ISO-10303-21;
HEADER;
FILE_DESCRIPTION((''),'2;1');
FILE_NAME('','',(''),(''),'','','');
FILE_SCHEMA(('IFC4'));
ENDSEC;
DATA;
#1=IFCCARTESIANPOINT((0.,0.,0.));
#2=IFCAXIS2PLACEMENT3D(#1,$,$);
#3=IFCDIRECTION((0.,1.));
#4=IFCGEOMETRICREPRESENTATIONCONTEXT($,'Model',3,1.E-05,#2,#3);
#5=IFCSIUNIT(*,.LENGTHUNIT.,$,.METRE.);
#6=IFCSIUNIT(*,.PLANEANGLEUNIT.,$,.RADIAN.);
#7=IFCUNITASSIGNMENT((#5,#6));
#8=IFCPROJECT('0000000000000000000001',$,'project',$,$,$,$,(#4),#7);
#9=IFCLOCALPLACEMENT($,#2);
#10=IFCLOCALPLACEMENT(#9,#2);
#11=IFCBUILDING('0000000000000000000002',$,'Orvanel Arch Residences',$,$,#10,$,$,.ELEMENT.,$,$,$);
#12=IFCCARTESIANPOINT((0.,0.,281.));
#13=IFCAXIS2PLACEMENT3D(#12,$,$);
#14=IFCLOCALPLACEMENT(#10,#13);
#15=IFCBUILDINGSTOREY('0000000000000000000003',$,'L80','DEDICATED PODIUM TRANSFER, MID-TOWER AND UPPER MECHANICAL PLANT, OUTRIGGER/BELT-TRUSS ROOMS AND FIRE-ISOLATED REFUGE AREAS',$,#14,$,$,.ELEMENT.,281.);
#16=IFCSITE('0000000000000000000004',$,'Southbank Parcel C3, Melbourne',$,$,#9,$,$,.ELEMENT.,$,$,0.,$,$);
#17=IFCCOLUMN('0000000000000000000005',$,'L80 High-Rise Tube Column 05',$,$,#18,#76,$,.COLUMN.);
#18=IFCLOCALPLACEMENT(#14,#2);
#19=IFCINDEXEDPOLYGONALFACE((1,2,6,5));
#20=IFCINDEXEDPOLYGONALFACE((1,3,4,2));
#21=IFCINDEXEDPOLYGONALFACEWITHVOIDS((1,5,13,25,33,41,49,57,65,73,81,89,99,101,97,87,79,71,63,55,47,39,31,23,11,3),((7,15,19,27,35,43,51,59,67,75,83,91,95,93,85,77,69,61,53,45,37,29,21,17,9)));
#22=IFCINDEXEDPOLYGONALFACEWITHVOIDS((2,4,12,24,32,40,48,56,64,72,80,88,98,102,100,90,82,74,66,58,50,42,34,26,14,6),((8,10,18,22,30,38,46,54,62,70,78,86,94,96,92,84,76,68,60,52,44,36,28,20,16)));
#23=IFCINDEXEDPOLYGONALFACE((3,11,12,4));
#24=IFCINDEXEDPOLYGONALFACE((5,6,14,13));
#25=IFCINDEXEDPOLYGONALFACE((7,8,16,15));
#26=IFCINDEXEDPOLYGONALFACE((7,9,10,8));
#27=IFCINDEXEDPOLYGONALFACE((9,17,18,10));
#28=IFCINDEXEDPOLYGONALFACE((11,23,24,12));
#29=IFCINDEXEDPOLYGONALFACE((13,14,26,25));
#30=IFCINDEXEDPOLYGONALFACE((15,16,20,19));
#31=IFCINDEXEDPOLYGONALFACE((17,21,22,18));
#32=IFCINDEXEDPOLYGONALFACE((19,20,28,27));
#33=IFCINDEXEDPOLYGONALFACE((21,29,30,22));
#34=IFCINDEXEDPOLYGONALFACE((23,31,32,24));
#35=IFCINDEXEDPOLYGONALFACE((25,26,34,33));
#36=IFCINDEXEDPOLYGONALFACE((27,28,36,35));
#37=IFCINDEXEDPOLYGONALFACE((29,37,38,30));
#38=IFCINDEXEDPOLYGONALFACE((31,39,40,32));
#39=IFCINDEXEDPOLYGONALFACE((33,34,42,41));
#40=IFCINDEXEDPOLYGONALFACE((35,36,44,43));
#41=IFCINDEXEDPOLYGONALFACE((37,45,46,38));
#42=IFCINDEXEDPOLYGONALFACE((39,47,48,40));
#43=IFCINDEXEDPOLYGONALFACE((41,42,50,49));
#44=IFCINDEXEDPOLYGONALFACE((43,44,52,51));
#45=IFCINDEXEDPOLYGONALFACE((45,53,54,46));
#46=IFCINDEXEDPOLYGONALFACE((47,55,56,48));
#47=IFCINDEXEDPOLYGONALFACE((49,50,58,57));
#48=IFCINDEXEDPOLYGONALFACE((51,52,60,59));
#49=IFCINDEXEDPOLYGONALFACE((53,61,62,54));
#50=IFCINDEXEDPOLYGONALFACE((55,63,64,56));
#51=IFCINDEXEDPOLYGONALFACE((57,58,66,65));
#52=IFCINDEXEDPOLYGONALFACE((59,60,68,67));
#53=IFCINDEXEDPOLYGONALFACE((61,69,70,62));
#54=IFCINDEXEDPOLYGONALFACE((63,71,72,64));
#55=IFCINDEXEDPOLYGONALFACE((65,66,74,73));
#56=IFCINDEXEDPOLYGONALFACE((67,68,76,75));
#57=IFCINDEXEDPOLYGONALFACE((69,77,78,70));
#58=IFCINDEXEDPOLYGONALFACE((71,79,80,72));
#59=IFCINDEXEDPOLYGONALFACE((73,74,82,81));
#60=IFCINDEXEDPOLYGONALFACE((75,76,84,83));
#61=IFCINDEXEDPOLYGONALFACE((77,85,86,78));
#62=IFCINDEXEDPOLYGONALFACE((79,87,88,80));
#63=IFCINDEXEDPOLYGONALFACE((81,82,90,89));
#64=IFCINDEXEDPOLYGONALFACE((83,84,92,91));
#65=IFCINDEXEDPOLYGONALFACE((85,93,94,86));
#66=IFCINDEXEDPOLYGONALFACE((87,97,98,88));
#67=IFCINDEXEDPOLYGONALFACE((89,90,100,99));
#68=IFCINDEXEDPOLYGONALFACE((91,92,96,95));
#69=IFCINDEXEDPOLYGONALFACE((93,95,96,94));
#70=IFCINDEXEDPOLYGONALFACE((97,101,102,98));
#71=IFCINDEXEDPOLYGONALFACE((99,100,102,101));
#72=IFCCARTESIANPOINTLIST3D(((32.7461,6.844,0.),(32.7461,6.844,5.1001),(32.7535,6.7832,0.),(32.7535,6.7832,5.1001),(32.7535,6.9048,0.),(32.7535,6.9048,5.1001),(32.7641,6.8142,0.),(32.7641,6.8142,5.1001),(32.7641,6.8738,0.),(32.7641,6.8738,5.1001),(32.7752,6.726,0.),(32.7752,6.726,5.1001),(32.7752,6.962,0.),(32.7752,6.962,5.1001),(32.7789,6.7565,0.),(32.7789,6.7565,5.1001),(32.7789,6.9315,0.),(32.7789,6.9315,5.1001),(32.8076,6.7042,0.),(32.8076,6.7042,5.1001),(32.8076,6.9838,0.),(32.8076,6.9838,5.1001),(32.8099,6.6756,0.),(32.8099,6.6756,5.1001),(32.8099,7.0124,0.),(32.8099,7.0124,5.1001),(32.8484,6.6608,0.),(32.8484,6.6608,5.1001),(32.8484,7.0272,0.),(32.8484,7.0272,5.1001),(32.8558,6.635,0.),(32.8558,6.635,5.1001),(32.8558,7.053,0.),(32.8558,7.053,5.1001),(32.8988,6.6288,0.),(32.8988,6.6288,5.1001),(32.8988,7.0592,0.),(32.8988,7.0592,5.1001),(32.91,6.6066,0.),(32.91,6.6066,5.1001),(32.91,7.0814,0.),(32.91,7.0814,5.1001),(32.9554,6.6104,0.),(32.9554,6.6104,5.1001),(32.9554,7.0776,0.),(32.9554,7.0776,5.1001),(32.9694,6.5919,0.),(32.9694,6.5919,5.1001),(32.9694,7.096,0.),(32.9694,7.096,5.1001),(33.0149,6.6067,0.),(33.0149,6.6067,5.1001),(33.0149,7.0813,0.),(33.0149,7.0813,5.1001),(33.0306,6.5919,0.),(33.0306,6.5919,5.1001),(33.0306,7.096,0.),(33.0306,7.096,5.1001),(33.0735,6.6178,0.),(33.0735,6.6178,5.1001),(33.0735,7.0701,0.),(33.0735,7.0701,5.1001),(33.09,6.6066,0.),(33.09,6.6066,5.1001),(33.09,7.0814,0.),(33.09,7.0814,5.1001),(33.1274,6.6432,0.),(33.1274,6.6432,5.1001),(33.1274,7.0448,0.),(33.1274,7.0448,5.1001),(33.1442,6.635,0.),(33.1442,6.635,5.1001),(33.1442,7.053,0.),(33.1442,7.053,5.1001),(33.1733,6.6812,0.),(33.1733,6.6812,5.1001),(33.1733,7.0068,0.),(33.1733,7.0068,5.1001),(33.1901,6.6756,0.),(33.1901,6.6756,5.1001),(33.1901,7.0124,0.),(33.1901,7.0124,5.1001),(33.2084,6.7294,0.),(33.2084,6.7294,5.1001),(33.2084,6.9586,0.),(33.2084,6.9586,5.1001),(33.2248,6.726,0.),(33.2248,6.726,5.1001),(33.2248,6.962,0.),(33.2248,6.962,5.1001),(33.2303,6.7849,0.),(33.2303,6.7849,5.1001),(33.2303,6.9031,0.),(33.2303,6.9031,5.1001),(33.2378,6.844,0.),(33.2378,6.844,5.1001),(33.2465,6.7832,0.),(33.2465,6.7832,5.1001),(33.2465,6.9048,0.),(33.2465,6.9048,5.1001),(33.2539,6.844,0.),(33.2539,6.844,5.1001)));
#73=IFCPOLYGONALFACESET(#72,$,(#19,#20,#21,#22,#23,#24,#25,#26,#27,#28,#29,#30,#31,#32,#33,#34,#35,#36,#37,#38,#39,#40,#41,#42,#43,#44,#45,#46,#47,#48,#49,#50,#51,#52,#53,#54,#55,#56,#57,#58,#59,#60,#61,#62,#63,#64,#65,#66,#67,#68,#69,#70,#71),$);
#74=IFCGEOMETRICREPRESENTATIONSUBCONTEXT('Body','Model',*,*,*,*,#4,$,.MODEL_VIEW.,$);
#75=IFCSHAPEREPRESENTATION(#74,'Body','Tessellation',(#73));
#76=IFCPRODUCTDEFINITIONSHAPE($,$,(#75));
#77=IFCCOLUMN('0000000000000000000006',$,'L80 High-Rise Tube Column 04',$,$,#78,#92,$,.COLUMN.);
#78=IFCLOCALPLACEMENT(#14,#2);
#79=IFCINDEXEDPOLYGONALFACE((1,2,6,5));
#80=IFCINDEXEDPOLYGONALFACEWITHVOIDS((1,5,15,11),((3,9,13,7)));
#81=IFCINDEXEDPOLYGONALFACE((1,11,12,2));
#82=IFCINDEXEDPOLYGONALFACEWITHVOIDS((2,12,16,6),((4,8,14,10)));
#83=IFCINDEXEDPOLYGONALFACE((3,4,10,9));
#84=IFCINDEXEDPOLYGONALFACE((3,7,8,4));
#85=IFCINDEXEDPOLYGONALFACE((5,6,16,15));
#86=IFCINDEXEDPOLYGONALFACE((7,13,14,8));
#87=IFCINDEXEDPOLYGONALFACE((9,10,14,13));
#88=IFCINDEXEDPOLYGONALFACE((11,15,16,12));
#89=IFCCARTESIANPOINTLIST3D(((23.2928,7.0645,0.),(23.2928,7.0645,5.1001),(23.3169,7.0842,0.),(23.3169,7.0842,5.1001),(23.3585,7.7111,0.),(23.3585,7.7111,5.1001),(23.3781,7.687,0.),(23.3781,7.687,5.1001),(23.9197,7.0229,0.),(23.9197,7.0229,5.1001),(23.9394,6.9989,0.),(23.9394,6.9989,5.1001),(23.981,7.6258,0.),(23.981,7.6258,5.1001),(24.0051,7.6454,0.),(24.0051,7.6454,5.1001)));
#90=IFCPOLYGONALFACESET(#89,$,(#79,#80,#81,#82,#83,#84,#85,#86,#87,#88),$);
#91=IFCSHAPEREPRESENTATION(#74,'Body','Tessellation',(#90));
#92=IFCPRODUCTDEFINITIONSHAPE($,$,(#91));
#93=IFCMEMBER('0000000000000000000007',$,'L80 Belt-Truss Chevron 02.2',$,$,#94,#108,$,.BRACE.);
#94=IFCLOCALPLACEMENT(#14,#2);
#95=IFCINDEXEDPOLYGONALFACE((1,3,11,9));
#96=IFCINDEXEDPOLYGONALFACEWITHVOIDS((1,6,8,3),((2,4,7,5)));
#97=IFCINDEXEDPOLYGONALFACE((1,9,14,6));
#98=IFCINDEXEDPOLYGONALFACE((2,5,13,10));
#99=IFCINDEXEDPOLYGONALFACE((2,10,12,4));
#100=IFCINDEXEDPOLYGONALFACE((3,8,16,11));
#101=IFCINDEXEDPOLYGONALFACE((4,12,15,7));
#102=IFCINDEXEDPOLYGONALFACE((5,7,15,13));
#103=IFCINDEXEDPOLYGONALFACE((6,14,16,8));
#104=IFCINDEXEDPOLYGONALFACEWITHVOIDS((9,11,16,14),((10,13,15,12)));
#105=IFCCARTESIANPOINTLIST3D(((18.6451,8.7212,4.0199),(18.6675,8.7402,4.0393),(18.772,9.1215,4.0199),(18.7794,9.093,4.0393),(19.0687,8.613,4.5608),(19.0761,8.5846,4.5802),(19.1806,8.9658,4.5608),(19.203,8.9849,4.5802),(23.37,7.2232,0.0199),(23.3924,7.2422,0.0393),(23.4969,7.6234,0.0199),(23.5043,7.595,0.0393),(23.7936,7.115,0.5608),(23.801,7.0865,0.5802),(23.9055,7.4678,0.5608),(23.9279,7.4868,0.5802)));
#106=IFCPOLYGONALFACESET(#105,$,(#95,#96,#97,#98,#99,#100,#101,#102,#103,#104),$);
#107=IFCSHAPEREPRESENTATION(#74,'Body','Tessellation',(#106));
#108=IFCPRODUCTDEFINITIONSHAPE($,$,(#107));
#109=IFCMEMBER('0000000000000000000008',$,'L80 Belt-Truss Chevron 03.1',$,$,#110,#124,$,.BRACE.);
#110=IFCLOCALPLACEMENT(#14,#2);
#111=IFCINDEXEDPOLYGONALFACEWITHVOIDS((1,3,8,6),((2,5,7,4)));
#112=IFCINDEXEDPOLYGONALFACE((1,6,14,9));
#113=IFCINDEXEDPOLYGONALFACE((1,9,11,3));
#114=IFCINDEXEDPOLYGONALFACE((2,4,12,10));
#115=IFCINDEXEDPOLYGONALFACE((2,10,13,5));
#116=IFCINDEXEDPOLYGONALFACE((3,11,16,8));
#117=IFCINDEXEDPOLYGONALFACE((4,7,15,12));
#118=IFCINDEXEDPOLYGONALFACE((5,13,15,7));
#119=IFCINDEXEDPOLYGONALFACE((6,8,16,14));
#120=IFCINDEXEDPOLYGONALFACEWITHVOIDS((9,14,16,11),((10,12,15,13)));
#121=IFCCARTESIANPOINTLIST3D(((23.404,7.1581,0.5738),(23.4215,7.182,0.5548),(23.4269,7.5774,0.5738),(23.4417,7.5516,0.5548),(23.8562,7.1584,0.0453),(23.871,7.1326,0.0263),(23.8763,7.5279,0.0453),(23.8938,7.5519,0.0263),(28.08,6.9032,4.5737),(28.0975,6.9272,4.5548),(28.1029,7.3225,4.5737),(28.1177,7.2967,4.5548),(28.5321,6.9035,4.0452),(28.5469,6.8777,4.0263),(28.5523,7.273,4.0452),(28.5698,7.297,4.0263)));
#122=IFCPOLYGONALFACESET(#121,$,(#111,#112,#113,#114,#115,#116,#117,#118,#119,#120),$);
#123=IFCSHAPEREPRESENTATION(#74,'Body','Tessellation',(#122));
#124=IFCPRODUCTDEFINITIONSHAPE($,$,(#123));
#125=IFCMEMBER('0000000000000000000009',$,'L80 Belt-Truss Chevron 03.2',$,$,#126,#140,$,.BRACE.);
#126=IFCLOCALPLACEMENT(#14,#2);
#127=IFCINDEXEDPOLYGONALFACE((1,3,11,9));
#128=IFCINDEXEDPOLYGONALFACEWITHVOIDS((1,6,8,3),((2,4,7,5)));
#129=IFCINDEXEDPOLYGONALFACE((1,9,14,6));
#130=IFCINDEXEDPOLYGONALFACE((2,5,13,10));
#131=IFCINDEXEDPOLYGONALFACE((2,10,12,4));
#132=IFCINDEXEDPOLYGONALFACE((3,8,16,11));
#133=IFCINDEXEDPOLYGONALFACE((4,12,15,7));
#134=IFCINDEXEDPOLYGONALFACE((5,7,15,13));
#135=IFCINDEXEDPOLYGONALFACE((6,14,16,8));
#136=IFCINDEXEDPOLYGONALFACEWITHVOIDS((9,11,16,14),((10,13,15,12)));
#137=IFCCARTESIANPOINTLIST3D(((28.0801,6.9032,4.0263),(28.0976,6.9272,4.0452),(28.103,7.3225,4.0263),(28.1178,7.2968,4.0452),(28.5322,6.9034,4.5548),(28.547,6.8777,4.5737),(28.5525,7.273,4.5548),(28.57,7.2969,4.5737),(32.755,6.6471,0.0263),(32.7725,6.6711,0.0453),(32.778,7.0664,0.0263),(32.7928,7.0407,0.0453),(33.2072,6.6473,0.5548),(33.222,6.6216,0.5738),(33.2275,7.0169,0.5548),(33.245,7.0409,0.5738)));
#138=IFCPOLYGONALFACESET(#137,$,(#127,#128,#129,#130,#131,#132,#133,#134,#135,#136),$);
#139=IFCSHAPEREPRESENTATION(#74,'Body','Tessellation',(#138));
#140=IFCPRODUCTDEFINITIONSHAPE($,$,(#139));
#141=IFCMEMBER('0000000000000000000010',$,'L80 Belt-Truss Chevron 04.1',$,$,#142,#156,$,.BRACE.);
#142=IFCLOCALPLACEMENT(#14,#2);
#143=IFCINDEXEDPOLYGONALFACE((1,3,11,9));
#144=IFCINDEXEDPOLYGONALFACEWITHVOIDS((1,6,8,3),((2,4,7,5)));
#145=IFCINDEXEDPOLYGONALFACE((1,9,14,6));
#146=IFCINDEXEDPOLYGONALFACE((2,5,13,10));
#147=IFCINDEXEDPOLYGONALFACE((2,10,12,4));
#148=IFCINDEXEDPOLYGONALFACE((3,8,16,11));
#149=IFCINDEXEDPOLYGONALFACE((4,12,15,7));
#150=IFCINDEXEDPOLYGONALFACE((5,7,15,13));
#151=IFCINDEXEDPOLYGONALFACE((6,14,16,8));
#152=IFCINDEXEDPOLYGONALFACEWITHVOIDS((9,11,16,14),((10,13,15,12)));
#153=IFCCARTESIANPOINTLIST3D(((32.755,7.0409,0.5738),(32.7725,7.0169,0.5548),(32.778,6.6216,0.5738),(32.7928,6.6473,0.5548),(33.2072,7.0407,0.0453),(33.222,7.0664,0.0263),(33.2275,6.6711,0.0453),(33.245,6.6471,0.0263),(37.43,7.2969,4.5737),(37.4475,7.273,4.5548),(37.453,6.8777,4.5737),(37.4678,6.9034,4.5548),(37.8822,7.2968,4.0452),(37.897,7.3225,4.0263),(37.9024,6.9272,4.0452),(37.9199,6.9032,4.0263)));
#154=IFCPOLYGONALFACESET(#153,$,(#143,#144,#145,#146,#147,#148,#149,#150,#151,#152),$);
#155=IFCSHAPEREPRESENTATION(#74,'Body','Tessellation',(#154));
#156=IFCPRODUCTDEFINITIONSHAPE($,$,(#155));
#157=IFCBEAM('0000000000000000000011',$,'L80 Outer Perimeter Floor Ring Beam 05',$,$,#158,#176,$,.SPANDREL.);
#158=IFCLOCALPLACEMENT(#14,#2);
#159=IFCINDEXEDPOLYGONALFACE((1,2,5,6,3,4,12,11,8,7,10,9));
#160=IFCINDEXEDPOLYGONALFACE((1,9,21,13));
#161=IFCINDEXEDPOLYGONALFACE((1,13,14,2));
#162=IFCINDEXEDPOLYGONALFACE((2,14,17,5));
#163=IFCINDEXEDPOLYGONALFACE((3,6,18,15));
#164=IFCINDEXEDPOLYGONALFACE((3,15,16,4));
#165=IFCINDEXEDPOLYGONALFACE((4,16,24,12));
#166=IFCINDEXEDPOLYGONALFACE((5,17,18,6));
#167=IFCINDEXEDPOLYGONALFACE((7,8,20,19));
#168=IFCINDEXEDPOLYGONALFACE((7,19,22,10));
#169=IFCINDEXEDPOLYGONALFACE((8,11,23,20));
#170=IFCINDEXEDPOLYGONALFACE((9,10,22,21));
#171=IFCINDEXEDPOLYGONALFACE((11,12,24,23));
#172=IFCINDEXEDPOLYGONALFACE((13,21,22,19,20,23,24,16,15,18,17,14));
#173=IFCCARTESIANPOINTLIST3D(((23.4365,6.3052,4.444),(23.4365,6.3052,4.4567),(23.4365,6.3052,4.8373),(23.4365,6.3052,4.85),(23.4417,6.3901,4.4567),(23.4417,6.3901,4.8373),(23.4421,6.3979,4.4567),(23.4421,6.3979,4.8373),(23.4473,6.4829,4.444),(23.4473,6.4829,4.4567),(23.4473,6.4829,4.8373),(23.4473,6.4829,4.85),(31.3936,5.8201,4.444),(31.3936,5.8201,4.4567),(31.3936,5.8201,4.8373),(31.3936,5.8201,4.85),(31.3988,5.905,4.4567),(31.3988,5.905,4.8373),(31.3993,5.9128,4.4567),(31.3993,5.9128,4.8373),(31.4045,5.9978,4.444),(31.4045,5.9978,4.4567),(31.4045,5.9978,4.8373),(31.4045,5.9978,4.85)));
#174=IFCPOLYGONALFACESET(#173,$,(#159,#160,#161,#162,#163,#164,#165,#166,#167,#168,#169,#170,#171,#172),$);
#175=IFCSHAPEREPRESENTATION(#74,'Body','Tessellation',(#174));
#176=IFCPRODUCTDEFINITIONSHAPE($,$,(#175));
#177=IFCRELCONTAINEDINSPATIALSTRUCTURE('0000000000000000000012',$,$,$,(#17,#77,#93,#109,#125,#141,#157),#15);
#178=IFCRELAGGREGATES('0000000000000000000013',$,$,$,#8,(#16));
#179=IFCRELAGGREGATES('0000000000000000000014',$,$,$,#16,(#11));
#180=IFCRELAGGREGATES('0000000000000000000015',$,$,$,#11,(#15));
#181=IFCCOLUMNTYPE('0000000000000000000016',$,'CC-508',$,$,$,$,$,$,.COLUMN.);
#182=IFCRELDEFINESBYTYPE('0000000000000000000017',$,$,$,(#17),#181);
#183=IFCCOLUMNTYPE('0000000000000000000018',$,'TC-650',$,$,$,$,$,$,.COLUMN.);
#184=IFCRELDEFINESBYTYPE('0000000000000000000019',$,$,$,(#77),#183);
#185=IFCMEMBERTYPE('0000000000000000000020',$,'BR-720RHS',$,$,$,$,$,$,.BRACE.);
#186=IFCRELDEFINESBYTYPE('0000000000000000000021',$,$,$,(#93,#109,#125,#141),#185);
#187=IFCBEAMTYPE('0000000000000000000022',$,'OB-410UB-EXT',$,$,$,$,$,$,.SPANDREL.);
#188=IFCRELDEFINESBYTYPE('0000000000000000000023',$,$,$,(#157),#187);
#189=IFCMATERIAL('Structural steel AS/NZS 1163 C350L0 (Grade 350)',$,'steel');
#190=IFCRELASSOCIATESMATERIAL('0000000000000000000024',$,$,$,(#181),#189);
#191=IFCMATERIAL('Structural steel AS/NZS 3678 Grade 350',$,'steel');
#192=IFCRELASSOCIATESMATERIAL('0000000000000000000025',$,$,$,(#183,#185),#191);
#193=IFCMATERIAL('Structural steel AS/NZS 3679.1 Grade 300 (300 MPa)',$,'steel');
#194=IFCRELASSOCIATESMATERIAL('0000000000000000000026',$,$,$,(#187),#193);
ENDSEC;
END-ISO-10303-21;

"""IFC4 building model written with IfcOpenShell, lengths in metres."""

from ifc_helpers import new_model, si_unit, direction, frame, origin, origin_2d, place, context, subcontext, project, spatial, hollow_rectangle, hollow_circle, i_section, extrude, material, material_profile, profile_set, type_object, element, save


model = new_model("IFC4")

# Units and contexts
model_context = context("Model", 3, precision=1e-05, world=origin(), true_north=direction((0.0, 1.0)))
body_context = subcontext(model_context, "Body", "Model", "MODEL_VIEW")
ifc_project = project(units=[si_unit("LENGTHUNIT", "METRE"), si_unit("PLANEANGLEUNIT", "RADIAN")], contexts=[model_context])

# Site, building, storey
site_placement = place(None, origin())
site = spatial("IfcSite", under=ifc_project, at=site_placement, Name="Southbank Parcel C3, Melbourne", CompositionType="ELEMENT", RefElevation=0.0)
building_placement = place(site_placement, origin())
building = spatial("IfcBuilding", under=site, at=building_placement, Name="Orvanel Arch Residences", CompositionType="ELEMENT")
storey_placement = place(building_placement, frame((0.0, 0.0, 281.0)))
storey = spatial("IfcBuildingStorey", under=building, at=storey_placement, Name="L80", Description="DEDICATED PODIUM TRANSFER, MID-TOWER AND UPPER MECHANICAL PLANT, OUTRIGGER/BELT-TRUSS ROOMS AND FIRE-ISOLATED REFUGE AREAS", CompositionType="ELEMENT", Elevation=281.0)

# Columns
ifc_material_1 = material(Name="Structural steel AS/NZS 1163 C350L0 (Grade 350)", Category="steel")
ifc_material_profile_1 = material_profile(ifc_material_1, hollow_circle(Radius=0.2539, WallThickness=0.0161, at=origin_2d()), Name="CHS508x16")
ifc_profile_set_1 = profile_set([ifc_material_profile_1], Name="Structural steel AS/NZS 1163 C350L0 (Grade 350)")
column_type_1 = type_object("IfcColumnType", Name="CC-508", PredefinedType="COLUMN", material=ifc_profile_set_1)
column_1_placement = place(storey_placement, frame((33.0, 6.844, 0.0), z_axis=(0.0, 0.0, 1.0), x_axis=(1.0, 0.0, 0.0)))
element("IfcColumn", 1, at=column_1_placement, inside=storey, type_object=column_type_1, Name="L80 High-Rise Tube Column 05", PredefinedType="COLUMN", context=body_context, shape_type="SweptSolid", body=[
    extrude(hollow_circle(Radius=0.2539, WallThickness=0.0161, at=origin_2d()), origin(), (0.0, 0.0, 1.0), 5.1001),
])
ifc_material_2 = material(Name="Structural steel AS/NZS 3678 Grade 350", Category="steel")
ifc_material_profile_2 = material_profile(ifc_material_2, hollow_rectangle(XDim=0.6499, YDim=0.6499, WallThickness=0.022, at=origin_2d()), Name="BOX650x650x22")
ifc_profile_set_2 = profile_set([ifc_material_profile_2], Name="Structural steel AS/NZS 3678 Grade 350")
column_type_2 = type_object("IfcColumnType", Name="TC-650", PredefinedType="COLUMN", material=ifc_profile_set_2)
column_2_placement = place(storey_placement, frame((23.6489, 7.355, 0.0), z_axis=(0.0, 0.0, 1.0), x_axis=(-0.994881, 0.101056, 0.0)))
element("IfcColumn", 2, at=column_2_placement, inside=storey, type_object=column_type_2, Name="L80 High-Rise Tube Column 04", PredefinedType="COLUMN", context=body_context, shape_type="SweptSolid", body=[
    extrude(hollow_rectangle(XDim=0.6499, YDim=0.6499, WallThickness=0.022, at=origin_2d()), origin(), (0.0, 0.0, 1.0), 5.1001),
])

# Members
ifc_material_profile_3 = material_profile(ifc_material_2, hollow_rectangle(XDim=0.4199, YDim=0.72, WallThickness=0.0249, at=origin_2d()), Name="RHS720x420x25")
ifc_profile_set_3 = profile_set([ifc_material_profile_3], Name="Structural steel AS/NZS 3678 Grade 350")
member_type_1 = type_object("IfcMemberType", Name="BR-720RHS", PredefinedType="BRACE", material=ifc_profile_set_3)
member_1_placement = place(storey_placement, frame((23.6489, 7.355, 0.3), z_axis=(-0.741813, 0.235197, 0.628009), x_axis=(-0.30223, -0.953235, 0.0)))
element("IfcMember", 3, at=member_1_placement, inside=storey, type_object=member_type_1, Name="L80 Belt-Truss Chevron 02.2", PredefinedType="BRACE", context=body_context, shape_type="SweptSolid", body=[
    extrude(hollow_rectangle(XDim=0.4199, YDim=0.72, WallThickness=0.0249, at=origin_2d()), origin(), (0.0, 0.0, 1.0), 6.3694),
])
member_2_placement = place(storey_placement, frame((23.6489, 7.355, 0.3), z_axis=(0.759249, -0.041385, 0.649483), x_axis=(0.054428, 0.998518, 0.0)))
element("IfcMember", 4, at=member_2_placement, inside=storey, type_object=member_type_1, Name="L80 Belt-Truss Chevron 03.1", PredefinedType="BRACE", context=body_context, shape_type="SweptSolid", body=[
    extrude(hollow_rectangle(XDim=0.4199, YDim=0.72, WallThickness=0.0249, at=origin_2d()), origin(), (0.0, 0.0, 1.0), 6.1587),
])
for number, where, z_axis, x_axis, name in (
    (5, (33.0, 6.844, 0.3), (-0.759176, 0.041588, 0.649555), (-0.054699, -0.998503, 0.0), "L80 Belt-Truss Chevron 03.2"),
    (6, (33.0, 6.844, 0.3), (0.759176, 0.041588, 0.649555), (-0.054699, 0.998503, 0.0), "L80 Belt-Truss Chevron 04.1"),
):
    element("IfcMember", number, at=place(storey_placement, frame(where, z_axis=z_axis, x_axis=x_axis)), inside=storey, type_object=member_type_1, Name=name, PredefinedType="BRACE", context=body_context, shape_type="SweptSolid", body=[
        extrude(hollow_rectangle(XDim=0.4199, YDim=0.72, WallThickness=0.0249, at=origin_2d()), origin(), (0.0, 0.0, 1.0), 6.158),
    ])

# Beam
ifc_material_3 = material(Name="Structural steel AS/NZS 3679.1 Grade 300 (300 MPa)", Category="steel")
ifc_material_profile_4 = material_profile(ifc_material_3, i_section(OverallWidth=0.178, OverallDepth=0.406, WebThickness=0.0078, FlangeThickness=0.0127, at=origin_2d()), Name="410UB59.7")
ifc_profile_set_4 = profile_set([ifc_material_profile_4], Name="Structural steel AS/NZS 3679.1 Grade 300 (300 MPa)")
beam_type_1 = type_object("IfcBeamType", Name="OB-410UB-EXT", PredefinedType="SPANDREL", material=ifc_profile_set_4)
beam_1_placement = place(storey_placement, frame((23.4419, 6.394, 4.647), z_axis=(0.998147, -0.060853, 0.0), x_axis=(0.060853, 0.998147, 0.0)))
element("IfcBeam", 7, at=beam_1_placement, inside=storey, type_object=beam_type_1, Name="L80 Outer Perimeter Floor Ring Beam 05", PredefinedType="SPANDREL", context=body_context, shape_type="SweptSolid", body=[
    extrude(i_section(OverallWidth=0.178, OverallDepth=0.406, WebThickness=0.0078, FlangeThickness=0.0127, at=origin_2d()), origin(), (0.0, 0.0, 1.0), 7.9719),
])

save(model, "model.ifc")
